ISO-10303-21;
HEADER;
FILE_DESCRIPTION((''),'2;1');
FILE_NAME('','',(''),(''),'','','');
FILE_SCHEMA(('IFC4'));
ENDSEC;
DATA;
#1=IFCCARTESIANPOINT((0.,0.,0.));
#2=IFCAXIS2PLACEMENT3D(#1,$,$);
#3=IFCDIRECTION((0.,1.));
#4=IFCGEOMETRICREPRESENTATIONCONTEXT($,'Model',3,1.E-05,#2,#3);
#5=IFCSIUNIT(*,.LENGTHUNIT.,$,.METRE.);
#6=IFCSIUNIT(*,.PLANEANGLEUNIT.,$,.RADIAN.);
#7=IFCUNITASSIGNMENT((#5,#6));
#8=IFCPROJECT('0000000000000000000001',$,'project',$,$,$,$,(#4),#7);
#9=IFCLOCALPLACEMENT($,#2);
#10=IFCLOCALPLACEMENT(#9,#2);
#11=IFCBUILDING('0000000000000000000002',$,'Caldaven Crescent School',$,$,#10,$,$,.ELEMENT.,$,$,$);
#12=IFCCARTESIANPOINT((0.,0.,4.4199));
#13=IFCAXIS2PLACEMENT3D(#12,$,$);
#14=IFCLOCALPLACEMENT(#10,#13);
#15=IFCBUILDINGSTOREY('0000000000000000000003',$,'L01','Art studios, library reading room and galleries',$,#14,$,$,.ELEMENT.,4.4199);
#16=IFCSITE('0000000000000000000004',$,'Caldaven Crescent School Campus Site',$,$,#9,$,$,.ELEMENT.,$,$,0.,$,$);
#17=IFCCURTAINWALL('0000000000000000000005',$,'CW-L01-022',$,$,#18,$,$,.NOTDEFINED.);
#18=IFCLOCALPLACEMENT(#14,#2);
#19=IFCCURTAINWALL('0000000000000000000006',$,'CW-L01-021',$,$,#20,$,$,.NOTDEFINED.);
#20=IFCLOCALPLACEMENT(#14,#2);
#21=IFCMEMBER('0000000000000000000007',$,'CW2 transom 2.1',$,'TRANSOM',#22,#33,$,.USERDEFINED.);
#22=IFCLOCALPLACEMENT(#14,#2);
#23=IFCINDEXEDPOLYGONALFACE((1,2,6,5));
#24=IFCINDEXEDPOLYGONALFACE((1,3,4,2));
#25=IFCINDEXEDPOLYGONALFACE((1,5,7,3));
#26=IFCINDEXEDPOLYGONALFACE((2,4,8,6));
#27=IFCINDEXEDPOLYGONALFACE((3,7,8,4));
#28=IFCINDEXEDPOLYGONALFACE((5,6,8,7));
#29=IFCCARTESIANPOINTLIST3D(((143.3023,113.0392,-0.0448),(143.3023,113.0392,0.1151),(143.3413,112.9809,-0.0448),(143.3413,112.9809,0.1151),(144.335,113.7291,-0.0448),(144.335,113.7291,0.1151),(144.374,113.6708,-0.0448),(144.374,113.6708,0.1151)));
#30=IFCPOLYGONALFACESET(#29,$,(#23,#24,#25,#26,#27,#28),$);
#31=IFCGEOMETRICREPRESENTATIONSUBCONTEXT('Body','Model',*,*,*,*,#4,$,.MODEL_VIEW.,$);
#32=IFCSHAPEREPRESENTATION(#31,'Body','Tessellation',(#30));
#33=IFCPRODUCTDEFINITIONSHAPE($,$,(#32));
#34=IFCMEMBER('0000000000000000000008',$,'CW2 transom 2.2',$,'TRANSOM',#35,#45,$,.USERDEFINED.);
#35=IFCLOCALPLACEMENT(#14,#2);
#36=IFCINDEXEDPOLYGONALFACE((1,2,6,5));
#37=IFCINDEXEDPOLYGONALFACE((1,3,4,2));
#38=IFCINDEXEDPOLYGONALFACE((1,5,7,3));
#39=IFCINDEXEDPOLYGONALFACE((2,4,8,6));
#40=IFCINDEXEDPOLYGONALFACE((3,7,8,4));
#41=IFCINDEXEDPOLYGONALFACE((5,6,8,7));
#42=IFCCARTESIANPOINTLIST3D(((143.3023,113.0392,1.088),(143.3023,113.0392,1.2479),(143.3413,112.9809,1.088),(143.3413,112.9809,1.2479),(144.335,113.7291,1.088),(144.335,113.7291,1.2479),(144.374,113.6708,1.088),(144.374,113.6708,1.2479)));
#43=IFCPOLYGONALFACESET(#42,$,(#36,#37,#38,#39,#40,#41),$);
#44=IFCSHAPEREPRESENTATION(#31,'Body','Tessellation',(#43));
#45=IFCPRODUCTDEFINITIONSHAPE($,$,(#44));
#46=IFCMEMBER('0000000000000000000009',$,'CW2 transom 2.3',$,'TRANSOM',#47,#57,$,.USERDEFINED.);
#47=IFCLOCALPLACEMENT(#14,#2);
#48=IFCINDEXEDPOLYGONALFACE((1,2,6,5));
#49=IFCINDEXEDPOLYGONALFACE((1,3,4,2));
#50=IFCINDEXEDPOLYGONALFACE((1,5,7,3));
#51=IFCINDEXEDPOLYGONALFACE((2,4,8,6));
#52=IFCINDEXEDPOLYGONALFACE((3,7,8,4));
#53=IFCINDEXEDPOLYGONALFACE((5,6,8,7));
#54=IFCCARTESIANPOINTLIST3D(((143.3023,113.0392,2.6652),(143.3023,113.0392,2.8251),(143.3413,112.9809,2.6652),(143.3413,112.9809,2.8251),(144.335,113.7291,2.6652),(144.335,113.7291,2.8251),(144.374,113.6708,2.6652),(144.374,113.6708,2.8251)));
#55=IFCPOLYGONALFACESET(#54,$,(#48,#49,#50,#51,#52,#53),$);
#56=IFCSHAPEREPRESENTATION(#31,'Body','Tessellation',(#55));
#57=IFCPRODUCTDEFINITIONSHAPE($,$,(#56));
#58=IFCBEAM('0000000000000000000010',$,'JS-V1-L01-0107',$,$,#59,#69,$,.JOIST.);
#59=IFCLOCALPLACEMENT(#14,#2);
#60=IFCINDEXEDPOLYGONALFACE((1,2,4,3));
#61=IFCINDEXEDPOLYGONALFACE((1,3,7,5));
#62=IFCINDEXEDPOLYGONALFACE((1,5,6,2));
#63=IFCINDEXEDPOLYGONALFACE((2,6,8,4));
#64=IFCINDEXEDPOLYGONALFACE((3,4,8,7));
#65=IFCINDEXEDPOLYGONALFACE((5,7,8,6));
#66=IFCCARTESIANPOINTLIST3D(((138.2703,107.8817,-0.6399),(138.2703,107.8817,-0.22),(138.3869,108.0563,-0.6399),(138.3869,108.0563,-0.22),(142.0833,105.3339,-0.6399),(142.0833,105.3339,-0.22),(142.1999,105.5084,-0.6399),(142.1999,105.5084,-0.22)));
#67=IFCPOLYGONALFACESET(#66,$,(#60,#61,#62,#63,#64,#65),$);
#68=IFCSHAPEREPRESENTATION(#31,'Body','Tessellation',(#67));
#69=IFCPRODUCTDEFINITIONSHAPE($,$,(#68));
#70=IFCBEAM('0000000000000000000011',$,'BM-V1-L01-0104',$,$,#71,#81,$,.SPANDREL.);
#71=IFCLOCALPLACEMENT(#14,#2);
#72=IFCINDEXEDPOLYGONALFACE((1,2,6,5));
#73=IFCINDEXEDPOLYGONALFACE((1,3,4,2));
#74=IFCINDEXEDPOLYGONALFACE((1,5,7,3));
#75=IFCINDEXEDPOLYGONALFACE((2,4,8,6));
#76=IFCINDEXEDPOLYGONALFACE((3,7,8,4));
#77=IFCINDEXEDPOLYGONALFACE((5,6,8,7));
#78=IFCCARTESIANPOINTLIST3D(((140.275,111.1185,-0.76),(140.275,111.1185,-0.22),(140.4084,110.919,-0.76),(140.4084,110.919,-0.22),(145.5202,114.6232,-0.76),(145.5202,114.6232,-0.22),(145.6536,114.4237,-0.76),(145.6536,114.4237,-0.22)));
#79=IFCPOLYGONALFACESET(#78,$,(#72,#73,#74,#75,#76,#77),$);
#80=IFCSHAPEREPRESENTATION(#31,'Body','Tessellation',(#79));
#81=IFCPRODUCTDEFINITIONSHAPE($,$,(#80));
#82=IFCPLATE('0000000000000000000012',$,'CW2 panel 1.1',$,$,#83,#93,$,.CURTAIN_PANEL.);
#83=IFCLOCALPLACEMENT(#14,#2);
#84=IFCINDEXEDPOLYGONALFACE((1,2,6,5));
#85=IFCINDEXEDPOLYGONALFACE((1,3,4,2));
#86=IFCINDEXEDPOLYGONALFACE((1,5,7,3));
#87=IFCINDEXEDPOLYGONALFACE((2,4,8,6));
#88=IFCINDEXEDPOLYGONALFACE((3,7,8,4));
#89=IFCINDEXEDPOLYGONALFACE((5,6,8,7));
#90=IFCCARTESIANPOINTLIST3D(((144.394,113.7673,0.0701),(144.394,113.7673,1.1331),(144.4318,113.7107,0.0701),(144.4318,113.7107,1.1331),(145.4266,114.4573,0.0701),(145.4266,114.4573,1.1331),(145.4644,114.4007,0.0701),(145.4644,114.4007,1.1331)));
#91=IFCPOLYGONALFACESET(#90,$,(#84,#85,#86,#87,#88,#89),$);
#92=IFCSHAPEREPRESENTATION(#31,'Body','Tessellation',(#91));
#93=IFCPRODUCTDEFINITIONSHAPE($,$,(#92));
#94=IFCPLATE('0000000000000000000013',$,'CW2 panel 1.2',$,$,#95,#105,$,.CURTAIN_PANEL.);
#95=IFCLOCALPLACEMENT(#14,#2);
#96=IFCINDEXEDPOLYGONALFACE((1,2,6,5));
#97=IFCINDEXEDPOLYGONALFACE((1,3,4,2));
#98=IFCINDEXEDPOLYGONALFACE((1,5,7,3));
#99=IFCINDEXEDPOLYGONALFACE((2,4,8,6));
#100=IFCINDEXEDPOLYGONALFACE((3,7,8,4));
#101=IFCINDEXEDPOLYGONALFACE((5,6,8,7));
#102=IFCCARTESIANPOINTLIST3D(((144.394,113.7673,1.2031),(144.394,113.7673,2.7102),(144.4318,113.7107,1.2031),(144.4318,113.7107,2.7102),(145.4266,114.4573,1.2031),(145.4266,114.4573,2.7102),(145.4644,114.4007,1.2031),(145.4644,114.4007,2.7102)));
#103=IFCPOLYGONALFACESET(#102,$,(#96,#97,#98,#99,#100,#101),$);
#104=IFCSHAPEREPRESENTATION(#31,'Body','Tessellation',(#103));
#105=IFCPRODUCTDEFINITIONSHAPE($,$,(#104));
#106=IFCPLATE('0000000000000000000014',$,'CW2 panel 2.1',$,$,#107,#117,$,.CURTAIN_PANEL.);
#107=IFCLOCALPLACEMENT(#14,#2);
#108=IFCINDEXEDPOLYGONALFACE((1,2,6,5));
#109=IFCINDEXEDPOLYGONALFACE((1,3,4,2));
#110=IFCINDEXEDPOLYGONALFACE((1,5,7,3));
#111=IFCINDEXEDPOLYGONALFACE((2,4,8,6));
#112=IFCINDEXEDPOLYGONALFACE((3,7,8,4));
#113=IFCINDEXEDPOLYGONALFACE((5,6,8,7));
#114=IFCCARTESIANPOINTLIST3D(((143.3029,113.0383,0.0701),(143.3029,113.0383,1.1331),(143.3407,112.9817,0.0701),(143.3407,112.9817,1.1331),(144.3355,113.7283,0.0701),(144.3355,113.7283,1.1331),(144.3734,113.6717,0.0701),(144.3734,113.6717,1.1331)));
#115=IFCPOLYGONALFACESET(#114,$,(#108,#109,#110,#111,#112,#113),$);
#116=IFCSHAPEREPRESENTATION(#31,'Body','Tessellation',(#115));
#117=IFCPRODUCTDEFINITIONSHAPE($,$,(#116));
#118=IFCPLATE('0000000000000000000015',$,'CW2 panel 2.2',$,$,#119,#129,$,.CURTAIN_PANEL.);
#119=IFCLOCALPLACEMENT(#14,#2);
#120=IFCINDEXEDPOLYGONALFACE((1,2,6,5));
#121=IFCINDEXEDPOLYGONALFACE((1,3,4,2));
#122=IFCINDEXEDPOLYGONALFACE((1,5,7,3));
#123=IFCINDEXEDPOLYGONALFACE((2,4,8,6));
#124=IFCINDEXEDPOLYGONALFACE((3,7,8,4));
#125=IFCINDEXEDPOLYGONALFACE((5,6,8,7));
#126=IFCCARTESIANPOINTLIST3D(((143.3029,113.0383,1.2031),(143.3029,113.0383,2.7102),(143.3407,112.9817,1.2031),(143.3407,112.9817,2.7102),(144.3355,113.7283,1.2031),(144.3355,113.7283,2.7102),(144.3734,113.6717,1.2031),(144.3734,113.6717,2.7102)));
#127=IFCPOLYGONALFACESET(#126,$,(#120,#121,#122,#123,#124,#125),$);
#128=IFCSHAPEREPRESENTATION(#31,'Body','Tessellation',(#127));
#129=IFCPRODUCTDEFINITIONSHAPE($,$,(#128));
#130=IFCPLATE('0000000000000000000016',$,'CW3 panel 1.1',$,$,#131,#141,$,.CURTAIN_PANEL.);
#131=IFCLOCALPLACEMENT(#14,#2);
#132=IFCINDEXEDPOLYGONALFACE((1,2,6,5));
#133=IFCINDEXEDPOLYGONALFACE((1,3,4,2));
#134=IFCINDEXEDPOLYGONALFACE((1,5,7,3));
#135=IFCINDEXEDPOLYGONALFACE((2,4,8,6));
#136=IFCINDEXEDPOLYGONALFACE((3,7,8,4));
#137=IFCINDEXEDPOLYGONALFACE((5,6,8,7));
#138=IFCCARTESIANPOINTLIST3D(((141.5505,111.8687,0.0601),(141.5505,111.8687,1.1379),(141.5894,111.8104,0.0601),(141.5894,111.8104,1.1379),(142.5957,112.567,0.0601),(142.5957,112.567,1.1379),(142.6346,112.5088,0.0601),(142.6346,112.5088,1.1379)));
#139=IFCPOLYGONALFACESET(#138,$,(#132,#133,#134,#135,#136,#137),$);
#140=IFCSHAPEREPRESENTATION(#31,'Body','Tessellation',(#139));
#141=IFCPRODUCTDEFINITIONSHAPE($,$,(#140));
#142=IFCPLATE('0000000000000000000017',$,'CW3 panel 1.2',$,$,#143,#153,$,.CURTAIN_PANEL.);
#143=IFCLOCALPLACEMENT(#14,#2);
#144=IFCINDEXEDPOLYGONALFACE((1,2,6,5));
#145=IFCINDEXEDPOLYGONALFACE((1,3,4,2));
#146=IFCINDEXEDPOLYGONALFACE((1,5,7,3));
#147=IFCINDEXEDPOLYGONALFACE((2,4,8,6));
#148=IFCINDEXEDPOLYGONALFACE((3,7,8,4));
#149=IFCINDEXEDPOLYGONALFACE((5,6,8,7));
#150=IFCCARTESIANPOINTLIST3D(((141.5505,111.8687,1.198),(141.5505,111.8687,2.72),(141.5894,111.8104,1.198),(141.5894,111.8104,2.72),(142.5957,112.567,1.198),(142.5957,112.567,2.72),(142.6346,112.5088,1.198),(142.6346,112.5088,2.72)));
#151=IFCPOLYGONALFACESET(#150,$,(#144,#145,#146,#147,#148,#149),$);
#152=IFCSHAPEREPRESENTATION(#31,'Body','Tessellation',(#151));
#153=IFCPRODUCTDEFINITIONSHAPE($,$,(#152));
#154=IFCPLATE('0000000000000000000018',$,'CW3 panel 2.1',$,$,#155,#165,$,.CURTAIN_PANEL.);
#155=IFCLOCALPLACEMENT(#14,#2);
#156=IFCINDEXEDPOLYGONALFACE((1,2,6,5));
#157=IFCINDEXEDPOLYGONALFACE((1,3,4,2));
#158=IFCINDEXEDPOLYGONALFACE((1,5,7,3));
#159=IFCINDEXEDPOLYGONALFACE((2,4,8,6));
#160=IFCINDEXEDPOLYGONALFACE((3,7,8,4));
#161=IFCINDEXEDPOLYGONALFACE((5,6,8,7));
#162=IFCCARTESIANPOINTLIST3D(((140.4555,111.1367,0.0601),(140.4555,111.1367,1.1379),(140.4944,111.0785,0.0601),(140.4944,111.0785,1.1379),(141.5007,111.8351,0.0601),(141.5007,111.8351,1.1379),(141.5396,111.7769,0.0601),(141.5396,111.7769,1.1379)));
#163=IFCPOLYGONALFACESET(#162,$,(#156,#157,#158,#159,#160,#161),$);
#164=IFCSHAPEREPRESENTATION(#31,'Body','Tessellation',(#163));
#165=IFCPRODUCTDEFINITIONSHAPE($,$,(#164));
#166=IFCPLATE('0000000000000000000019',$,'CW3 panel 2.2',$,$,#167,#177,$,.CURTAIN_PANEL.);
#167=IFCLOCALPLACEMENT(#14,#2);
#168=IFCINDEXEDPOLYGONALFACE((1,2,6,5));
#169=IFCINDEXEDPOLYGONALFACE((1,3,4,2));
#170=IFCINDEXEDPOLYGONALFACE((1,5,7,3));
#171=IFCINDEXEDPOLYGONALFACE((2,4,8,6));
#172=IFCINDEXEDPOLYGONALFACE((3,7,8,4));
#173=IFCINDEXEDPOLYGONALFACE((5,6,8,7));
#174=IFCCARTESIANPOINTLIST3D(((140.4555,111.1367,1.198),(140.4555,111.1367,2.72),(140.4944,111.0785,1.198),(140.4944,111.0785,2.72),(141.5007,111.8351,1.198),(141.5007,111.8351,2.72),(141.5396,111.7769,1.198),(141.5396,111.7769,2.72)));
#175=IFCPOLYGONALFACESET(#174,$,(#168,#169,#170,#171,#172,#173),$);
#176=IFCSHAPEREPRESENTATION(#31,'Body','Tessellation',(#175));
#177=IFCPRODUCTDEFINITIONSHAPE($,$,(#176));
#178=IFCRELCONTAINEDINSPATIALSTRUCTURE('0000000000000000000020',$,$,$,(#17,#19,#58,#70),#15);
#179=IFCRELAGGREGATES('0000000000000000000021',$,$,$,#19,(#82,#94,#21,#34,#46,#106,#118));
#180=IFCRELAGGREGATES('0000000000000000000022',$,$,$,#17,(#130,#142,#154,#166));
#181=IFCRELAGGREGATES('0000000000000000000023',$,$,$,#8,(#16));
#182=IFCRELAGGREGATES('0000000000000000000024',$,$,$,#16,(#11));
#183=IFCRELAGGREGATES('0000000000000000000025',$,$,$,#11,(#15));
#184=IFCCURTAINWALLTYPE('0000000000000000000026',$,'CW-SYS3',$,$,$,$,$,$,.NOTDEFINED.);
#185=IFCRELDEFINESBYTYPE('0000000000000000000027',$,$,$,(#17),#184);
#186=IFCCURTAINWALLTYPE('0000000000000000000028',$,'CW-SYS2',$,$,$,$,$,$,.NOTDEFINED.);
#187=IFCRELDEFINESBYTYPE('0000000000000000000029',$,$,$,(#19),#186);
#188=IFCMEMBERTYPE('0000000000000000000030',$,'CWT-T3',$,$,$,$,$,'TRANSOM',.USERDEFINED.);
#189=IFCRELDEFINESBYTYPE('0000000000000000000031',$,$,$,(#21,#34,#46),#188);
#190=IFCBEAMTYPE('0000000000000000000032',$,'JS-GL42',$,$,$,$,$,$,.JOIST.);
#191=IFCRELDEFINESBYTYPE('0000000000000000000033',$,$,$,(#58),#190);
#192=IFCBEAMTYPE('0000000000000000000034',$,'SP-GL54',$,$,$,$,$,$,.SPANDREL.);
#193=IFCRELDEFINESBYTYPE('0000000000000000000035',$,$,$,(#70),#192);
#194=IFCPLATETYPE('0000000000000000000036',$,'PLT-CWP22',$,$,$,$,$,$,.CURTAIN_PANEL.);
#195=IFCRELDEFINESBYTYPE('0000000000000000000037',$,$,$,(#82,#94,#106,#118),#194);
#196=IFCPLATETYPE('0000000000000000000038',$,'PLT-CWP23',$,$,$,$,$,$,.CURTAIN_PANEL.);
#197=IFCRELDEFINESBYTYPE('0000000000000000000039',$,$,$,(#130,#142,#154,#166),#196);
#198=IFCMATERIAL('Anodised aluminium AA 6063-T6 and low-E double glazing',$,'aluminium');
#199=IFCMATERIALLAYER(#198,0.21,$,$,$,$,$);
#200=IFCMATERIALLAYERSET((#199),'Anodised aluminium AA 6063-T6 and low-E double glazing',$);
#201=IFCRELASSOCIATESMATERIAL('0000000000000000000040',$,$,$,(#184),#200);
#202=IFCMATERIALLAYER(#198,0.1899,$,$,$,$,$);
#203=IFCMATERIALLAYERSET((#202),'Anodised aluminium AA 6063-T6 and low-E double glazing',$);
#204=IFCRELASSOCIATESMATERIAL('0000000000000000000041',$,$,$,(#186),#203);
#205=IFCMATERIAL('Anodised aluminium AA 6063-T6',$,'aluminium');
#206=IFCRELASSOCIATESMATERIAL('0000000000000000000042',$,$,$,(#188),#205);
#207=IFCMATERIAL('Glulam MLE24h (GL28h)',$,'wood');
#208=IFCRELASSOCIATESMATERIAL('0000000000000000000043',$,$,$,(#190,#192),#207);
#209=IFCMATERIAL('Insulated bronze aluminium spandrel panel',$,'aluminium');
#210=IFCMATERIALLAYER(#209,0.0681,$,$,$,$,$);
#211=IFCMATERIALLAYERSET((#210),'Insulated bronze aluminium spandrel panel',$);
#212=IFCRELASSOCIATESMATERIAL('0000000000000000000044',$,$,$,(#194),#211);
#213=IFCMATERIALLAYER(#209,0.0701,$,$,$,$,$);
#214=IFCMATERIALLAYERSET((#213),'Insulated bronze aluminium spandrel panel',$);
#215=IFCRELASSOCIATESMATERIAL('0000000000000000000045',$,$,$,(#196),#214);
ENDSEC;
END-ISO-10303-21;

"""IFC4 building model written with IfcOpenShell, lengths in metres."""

from ifc_helpers import new_model, si_unit, direction, frame, origin, origin_2d, place, context, subcontext, project, spatial, rectangle, extrude, material, layer, layer_set, material_profile, profile_set, type_object, element, aggregate, save


model = new_model("IFC4")

# Units and contexts
model_context = context("Model", 3, precision=1e-05, world=origin(), true_north=direction((0.0, 1.0)))
body_context = subcontext(model_context, "Body", "Model", "MODEL_VIEW")
ifc_project = project(units=[si_unit("LENGTHUNIT", "METRE"), si_unit("PLANEANGLEUNIT", "RADIAN")], contexts=[model_context])

# Site, building, storey
site_placement = place(None, origin())
site = spatial("IfcSite", under=ifc_project, at=site_placement, Name="Caldaven Crescent School Campus Site", CompositionType="ELEMENT", RefElevation=0.0)
building_placement = place(site_placement, origin())
building = spatial("IfcBuilding", under=site, at=building_placement, Name="Caldaven Crescent School", CompositionType="ELEMENT")
storey_placement = place(building_placement, frame((0.0, 0.0, 4.4199)))
storey = spatial("IfcBuildingStorey", under=building, at=storey_placement, Name="L01", Description="Art studios, library reading room and galleries", CompositionType="ELEMENT", Elevation=4.4199)

# Shared definitions
ifc_material_1 = material(Name="Glulam MLE24h (GL28h)", Category="wood")

# Curtain walls
ifc_material_2 = material(Name="Anodised aluminium AA 6063-T6 and low-E double glazing", Category="aluminium")
ifc_layer_1 = layer(ifc_material_2, 0.21)
ifc_layer_set_1 = layer_set([ifc_layer_1], Name="Anodised aluminium AA 6063-T6 and low-E double glazing")
curtain_wall_type_1 = type_object("IfcCurtainWallType", Name="CW-SYS3", PredefinedType="NOTDEFINED", material=ifc_layer_set_1)
curtain_wall_1_placement = place(storey_placement, origin())
curtain_wall_1 = element("IfcCurtainWall", 1, at=curtain_wall_1_placement, inside=storey, type_object=curtain_wall_type_1, Name="CW-L01-022", PredefinedType="NOTDEFINED")
ifc_material_3 = material(Name="Anodised aluminium AA 6063-T6", Category="aluminium")
ifc_layer_2 = layer(ifc_material_2, 0.1899)
ifc_layer_set_2 = layer_set([ifc_layer_2], Name="Anodised aluminium AA 6063-T6 and low-E double glazing")
curtain_wall_type_2 = type_object("IfcCurtainWallType", Name="CW-SYS2", PredefinedType="NOTDEFINED", material=ifc_layer_set_2)
curtain_wall_2_placement = place(storey_placement, origin())
curtain_wall_2 = element("IfcCurtainWall", 2, at=curtain_wall_2_placement, inside=storey, type_object=curtain_wall_type_2, Name="CW-L01-021", PredefinedType="NOTDEFINED")

# Members
ifc_material_profile_1 = material_profile(ifc_material_3, rectangle(XDim=0.0701, YDim=0.1599, at=origin_2d()), Name="CWT 70x160")
ifc_profile_set_1 = profile_set([ifc_material_profile_1], Name="Anodised aluminium AA 6063-T6")
member_type_1 = type_object("IfcMemberType", Name="CWT-T3", ElementType="TRANSOM", PredefinedType="USERDEFINED", material=ifc_profile_set_1)
member_1_placement = place(storey_placement, frame((144.3545, 113.7, 0.0352), z_axis=(-0.831506, -0.555516, 0.0), x_axis=(0.555516, -0.831506, 0.0)))
member_1 = element("IfcMember", 3, at=member_1_placement, type_object=member_type_1, Name="CW2 transom 2.1", ObjectType="TRANSOM", PredefinedType="USERDEFINED", context=body_context, shape_type="SweptSolid", body=[
    extrude(rectangle(XDim=0.0701, YDim=0.1599, at=origin_2d()), origin(), (0.0, 0.0, 1.0), 1.2419),
])
member_2_placement = place(storey_placement, frame((144.3545, 113.7, 1.168), z_axis=(-0.831506, -0.555516, 0.0), x_axis=(0.555516, -0.831506, 0.0)))
member_2 = element("IfcMember", 4, at=member_2_placement, type_object=member_type_1, Name="CW2 transom 2.2", ObjectType="TRANSOM", PredefinedType="USERDEFINED", context=body_context, shape_type="SweptSolid", body=[
    extrude(rectangle(XDim=0.0701, YDim=0.1599, at=origin_2d()), origin(), (0.0, 0.0, 1.0), 1.2419),
])
member_3_placement = place(storey_placement, frame((144.3545, 113.7, 2.7451), z_axis=(-0.831506, -0.555516, 0.0), x_axis=(0.555516, -0.831506, 0.0)))
member_3 = element("IfcMember", 5, at=member_3_placement, type_object=member_type_1, Name="CW2 transom 2.3", ObjectType="TRANSOM", PredefinedType="USERDEFINED", context=body_context, shape_type="SweptSolid", body=[
    extrude(rectangle(XDim=0.0701, YDim=0.1599, at=origin_2d()), origin(), (0.0, 0.0, 1.0), 1.2419),
])

# Beams
ifc_material_profile_2 = material_profile(ifc_material_1, rectangle(XDim=0.21, YDim=0.4199, at=origin_2d()), Name="MLE 210x420")
ifc_profile_set_2 = profile_set([ifc_material_profile_2], Name="Glulam MLE24h (GL28h)")
beam_type_1 = type_object("IfcBeamType", Name="JS-GL42", PredefinedType="JOIST", material=ifc_profile_set_2)
beam_1_placement = place(storey_placement, frame((142.1416, 105.4211, -0.4299), z_axis=(-0.83146, 0.555584, 0.0), x_axis=(-0.555584, -0.83146, 0.0)))
element("IfcBeam", 6, at=beam_1_placement, inside=storey, type_object=beam_type_1, Name="JS-V1-L01-0107", PredefinedType="JOIST", context=body_context, shape_type="SweptSolid", body=[
    extrude(rectangle(XDim=0.21, YDim=0.4199, at=origin_2d()), origin(), (0.0, 0.0, 1.0), 4.5859),
])
ifc_material_profile_3 = material_profile(ifc_material_1, rectangle(XDim=0.24, YDim=0.54, at=origin_2d()), Name="MLE 240x540")
ifc_profile_set_3 = profile_set([ifc_material_profile_3], Name="Glulam MLE24h (GL28h)")
beam_type_2 = type_object("IfcBeamType", Name="SP-GL54", PredefinedType="SPANDREL", material=ifc_profile_set_3)
beam_2_placement = place(storey_placement, frame((145.5869, 114.5234, -0.49), z_axis=(-0.831472, -0.555566, 0.0), x_axis=(0.555566, -0.831472, 0.0)))
element("IfcBeam", 7, at=beam_2_placement, inside=storey, type_object=beam_type_2, Name="BM-V1-L01-0104", PredefinedType="SPANDREL", context=body_context, shape_type="SweptSolid", body=[
    extrude(rectangle(XDim=0.24, YDim=0.54, at=origin_2d()), origin(), (0.0, 0.0, 1.0), 6.3083),
])

# Plates
ifc_material_4 = material(Name="Insulated bronze aluminium spandrel panel", Category="aluminium")
ifc_layer_3 = layer(ifc_material_4, 0.0681)
ifc_layer_set_3 = layer_set([ifc_layer_3], Name="Insulated bronze aluminium spandrel panel")
plate_type_1 = type_object("IfcPlateType", Name="PLT-CWP22", PredefinedType="CURTAIN_PANEL", material=ifc_layer_set_3)
plate_1_placement = place(storey_placement, frame((144.9292, 114.084, 0.0701), z_axis=(0.0, 0.0, 1.0), x_axis=(-0.83147, -0.555569, 0.0)))
plate_1 = element("IfcPlate", 8, at=plate_1_placement, type_object=plate_type_1, Name="CW2 panel 1.1", PredefinedType="CURTAIN_PANEL", context=body_context, shape_type="SweptSolid", body=[
    extrude(rectangle(XDim=1.2419, YDim=0.0681, at=origin_2d()), origin(), (0.0, 0.0, 1.0), 1.063),
])
plate_2_placement = place(storey_placement, frame((144.9292, 114.084, 1.2031), z_axis=(0.0, 0.0, 1.0), x_axis=(-0.83147, -0.555569, 0.0)))
plate_2 = element("IfcPlate", 9, at=plate_2_placement, type_object=plate_type_1, Name="CW2 panel 1.2", PredefinedType="CURTAIN_PANEL", context=body_context, shape_type="SweptSolid", body=[
    extrude(rectangle(XDim=1.2419, YDim=0.0681, at=origin_2d()), origin(), (0.0, 0.0, 1.0), 1.5071),
])
plate_3_placement = place(storey_placement, frame((143.8381, 113.355, 0.0701), z_axis=(0.0, 0.0, 1.0), x_axis=(-0.83147, -0.555569, 0.0)))
plate_3 = element("IfcPlate", 10, at=plate_3_placement, type_object=plate_type_1, Name="CW2 panel 2.1", PredefinedType="CURTAIN_PANEL", context=body_context, shape_type="SweptSolid", body=[
    extrude(rectangle(XDim=1.2419, YDim=0.0681, at=origin_2d()), origin(), (0.0, 0.0, 1.0), 1.063),
])
plate_4_placement = place(storey_placement, frame((143.8381, 113.355, 1.2031), z_axis=(0.0, 0.0, 1.0), x_axis=(-0.83147, -0.555569, 0.0)))
plate_4 = element("IfcPlate", 11, at=plate_4_placement, type_object=plate_type_1, Name="CW2 panel 2.2", PredefinedType="CURTAIN_PANEL", context=body_context, shape_type="SweptSolid", body=[
    extrude(rectangle(XDim=1.2419, YDim=0.0681, at=origin_2d()), origin(), (0.0, 0.0, 1.0), 1.5071),
])
aggregate(curtain_wall_2, [plate_1, plate_2, member_1, member_2, member_3, plate_3, plate_4])
ifc_layer_4 = layer(ifc_material_4, 0.0701)
ifc_layer_set_4 = layer_set([ifc_layer_4], Name="Insulated bronze aluminium spandrel panel")
plate_type_2 = type_object("IfcPlateType", Name="PLT-CWP23", PredefinedType="CURTAIN_PANEL", material=ifc_layer_set_4)
plate_5_placement = place(storey_placement, frame((142.0925, 112.1887, 0.0601), z_axis=(0.0, 0.0, 1.0), x_axis=(-0.831469, -0.555572, 0.0)))
plate_5 = element("IfcPlate", 12, at=plate_5_placement, type_object=plate_type_2, Name="CW3 panel 1.1", PredefinedType="CURTAIN_PANEL", context=body_context, shape_type="SweptSolid", body=[
    extrude(rectangle(XDim=1.2571, YDim=0.0701, at=origin_2d()), origin(), (0.0, 0.0, 1.0), 1.0779),
])
plate_6_placement = place(storey_placement, frame((142.0925, 112.1887, 1.198), z_axis=(0.0, 0.0, 1.0), x_axis=(-0.831469, -0.555572, 0.0)))
plate_6 = element("IfcPlate", 13, at=plate_6_placement, type_object=plate_type_2, Name="CW3 panel 1.2", PredefinedType="CURTAIN_PANEL", context=body_context, shape_type="SweptSolid", body=[
    extrude(rectangle(XDim=1.2571, YDim=0.0701, at=origin_2d()), origin(), (0.0, 0.0, 1.0), 1.522),
])
plate_7_placement = place(storey_placement, frame((140.9976, 111.4568, 0.0601), z_axis=(0.0, 0.0, 1.0), x_axis=(-0.831469, -0.555572, 0.0)))
plate_7 = element("IfcPlate", 14, at=plate_7_placement, type_object=plate_type_2, Name="CW3 panel 2.1", PredefinedType="CURTAIN_PANEL", context=body_context, shape_type="SweptSolid", body=[
    extrude(rectangle(XDim=1.2571, YDim=0.0701, at=origin_2d()), origin(), (0.0, 0.0, 1.0), 1.0779),
])
plate_8_placement = place(storey_placement, frame((140.9976, 111.4568, 1.198), z_axis=(0.0, 0.0, 1.0), x_axis=(-0.831469, -0.555572, 0.0)))
plate_8 = element("IfcPlate", 15, at=plate_8_placement, type_object=plate_type_2, Name="CW3 panel 2.2", PredefinedType="CURTAIN_PANEL", context=body_context, shape_type="SweptSolid", body=[
    extrude(rectangle(XDim=1.2571, YDim=0.0701, at=origin_2d()), origin(), (0.0, 0.0, 1.0), 1.522),
])
aggregate(curtain_wall_1, [plate_5, plate_6, plate_7, plate_8])

save(model, "model.ifc")
